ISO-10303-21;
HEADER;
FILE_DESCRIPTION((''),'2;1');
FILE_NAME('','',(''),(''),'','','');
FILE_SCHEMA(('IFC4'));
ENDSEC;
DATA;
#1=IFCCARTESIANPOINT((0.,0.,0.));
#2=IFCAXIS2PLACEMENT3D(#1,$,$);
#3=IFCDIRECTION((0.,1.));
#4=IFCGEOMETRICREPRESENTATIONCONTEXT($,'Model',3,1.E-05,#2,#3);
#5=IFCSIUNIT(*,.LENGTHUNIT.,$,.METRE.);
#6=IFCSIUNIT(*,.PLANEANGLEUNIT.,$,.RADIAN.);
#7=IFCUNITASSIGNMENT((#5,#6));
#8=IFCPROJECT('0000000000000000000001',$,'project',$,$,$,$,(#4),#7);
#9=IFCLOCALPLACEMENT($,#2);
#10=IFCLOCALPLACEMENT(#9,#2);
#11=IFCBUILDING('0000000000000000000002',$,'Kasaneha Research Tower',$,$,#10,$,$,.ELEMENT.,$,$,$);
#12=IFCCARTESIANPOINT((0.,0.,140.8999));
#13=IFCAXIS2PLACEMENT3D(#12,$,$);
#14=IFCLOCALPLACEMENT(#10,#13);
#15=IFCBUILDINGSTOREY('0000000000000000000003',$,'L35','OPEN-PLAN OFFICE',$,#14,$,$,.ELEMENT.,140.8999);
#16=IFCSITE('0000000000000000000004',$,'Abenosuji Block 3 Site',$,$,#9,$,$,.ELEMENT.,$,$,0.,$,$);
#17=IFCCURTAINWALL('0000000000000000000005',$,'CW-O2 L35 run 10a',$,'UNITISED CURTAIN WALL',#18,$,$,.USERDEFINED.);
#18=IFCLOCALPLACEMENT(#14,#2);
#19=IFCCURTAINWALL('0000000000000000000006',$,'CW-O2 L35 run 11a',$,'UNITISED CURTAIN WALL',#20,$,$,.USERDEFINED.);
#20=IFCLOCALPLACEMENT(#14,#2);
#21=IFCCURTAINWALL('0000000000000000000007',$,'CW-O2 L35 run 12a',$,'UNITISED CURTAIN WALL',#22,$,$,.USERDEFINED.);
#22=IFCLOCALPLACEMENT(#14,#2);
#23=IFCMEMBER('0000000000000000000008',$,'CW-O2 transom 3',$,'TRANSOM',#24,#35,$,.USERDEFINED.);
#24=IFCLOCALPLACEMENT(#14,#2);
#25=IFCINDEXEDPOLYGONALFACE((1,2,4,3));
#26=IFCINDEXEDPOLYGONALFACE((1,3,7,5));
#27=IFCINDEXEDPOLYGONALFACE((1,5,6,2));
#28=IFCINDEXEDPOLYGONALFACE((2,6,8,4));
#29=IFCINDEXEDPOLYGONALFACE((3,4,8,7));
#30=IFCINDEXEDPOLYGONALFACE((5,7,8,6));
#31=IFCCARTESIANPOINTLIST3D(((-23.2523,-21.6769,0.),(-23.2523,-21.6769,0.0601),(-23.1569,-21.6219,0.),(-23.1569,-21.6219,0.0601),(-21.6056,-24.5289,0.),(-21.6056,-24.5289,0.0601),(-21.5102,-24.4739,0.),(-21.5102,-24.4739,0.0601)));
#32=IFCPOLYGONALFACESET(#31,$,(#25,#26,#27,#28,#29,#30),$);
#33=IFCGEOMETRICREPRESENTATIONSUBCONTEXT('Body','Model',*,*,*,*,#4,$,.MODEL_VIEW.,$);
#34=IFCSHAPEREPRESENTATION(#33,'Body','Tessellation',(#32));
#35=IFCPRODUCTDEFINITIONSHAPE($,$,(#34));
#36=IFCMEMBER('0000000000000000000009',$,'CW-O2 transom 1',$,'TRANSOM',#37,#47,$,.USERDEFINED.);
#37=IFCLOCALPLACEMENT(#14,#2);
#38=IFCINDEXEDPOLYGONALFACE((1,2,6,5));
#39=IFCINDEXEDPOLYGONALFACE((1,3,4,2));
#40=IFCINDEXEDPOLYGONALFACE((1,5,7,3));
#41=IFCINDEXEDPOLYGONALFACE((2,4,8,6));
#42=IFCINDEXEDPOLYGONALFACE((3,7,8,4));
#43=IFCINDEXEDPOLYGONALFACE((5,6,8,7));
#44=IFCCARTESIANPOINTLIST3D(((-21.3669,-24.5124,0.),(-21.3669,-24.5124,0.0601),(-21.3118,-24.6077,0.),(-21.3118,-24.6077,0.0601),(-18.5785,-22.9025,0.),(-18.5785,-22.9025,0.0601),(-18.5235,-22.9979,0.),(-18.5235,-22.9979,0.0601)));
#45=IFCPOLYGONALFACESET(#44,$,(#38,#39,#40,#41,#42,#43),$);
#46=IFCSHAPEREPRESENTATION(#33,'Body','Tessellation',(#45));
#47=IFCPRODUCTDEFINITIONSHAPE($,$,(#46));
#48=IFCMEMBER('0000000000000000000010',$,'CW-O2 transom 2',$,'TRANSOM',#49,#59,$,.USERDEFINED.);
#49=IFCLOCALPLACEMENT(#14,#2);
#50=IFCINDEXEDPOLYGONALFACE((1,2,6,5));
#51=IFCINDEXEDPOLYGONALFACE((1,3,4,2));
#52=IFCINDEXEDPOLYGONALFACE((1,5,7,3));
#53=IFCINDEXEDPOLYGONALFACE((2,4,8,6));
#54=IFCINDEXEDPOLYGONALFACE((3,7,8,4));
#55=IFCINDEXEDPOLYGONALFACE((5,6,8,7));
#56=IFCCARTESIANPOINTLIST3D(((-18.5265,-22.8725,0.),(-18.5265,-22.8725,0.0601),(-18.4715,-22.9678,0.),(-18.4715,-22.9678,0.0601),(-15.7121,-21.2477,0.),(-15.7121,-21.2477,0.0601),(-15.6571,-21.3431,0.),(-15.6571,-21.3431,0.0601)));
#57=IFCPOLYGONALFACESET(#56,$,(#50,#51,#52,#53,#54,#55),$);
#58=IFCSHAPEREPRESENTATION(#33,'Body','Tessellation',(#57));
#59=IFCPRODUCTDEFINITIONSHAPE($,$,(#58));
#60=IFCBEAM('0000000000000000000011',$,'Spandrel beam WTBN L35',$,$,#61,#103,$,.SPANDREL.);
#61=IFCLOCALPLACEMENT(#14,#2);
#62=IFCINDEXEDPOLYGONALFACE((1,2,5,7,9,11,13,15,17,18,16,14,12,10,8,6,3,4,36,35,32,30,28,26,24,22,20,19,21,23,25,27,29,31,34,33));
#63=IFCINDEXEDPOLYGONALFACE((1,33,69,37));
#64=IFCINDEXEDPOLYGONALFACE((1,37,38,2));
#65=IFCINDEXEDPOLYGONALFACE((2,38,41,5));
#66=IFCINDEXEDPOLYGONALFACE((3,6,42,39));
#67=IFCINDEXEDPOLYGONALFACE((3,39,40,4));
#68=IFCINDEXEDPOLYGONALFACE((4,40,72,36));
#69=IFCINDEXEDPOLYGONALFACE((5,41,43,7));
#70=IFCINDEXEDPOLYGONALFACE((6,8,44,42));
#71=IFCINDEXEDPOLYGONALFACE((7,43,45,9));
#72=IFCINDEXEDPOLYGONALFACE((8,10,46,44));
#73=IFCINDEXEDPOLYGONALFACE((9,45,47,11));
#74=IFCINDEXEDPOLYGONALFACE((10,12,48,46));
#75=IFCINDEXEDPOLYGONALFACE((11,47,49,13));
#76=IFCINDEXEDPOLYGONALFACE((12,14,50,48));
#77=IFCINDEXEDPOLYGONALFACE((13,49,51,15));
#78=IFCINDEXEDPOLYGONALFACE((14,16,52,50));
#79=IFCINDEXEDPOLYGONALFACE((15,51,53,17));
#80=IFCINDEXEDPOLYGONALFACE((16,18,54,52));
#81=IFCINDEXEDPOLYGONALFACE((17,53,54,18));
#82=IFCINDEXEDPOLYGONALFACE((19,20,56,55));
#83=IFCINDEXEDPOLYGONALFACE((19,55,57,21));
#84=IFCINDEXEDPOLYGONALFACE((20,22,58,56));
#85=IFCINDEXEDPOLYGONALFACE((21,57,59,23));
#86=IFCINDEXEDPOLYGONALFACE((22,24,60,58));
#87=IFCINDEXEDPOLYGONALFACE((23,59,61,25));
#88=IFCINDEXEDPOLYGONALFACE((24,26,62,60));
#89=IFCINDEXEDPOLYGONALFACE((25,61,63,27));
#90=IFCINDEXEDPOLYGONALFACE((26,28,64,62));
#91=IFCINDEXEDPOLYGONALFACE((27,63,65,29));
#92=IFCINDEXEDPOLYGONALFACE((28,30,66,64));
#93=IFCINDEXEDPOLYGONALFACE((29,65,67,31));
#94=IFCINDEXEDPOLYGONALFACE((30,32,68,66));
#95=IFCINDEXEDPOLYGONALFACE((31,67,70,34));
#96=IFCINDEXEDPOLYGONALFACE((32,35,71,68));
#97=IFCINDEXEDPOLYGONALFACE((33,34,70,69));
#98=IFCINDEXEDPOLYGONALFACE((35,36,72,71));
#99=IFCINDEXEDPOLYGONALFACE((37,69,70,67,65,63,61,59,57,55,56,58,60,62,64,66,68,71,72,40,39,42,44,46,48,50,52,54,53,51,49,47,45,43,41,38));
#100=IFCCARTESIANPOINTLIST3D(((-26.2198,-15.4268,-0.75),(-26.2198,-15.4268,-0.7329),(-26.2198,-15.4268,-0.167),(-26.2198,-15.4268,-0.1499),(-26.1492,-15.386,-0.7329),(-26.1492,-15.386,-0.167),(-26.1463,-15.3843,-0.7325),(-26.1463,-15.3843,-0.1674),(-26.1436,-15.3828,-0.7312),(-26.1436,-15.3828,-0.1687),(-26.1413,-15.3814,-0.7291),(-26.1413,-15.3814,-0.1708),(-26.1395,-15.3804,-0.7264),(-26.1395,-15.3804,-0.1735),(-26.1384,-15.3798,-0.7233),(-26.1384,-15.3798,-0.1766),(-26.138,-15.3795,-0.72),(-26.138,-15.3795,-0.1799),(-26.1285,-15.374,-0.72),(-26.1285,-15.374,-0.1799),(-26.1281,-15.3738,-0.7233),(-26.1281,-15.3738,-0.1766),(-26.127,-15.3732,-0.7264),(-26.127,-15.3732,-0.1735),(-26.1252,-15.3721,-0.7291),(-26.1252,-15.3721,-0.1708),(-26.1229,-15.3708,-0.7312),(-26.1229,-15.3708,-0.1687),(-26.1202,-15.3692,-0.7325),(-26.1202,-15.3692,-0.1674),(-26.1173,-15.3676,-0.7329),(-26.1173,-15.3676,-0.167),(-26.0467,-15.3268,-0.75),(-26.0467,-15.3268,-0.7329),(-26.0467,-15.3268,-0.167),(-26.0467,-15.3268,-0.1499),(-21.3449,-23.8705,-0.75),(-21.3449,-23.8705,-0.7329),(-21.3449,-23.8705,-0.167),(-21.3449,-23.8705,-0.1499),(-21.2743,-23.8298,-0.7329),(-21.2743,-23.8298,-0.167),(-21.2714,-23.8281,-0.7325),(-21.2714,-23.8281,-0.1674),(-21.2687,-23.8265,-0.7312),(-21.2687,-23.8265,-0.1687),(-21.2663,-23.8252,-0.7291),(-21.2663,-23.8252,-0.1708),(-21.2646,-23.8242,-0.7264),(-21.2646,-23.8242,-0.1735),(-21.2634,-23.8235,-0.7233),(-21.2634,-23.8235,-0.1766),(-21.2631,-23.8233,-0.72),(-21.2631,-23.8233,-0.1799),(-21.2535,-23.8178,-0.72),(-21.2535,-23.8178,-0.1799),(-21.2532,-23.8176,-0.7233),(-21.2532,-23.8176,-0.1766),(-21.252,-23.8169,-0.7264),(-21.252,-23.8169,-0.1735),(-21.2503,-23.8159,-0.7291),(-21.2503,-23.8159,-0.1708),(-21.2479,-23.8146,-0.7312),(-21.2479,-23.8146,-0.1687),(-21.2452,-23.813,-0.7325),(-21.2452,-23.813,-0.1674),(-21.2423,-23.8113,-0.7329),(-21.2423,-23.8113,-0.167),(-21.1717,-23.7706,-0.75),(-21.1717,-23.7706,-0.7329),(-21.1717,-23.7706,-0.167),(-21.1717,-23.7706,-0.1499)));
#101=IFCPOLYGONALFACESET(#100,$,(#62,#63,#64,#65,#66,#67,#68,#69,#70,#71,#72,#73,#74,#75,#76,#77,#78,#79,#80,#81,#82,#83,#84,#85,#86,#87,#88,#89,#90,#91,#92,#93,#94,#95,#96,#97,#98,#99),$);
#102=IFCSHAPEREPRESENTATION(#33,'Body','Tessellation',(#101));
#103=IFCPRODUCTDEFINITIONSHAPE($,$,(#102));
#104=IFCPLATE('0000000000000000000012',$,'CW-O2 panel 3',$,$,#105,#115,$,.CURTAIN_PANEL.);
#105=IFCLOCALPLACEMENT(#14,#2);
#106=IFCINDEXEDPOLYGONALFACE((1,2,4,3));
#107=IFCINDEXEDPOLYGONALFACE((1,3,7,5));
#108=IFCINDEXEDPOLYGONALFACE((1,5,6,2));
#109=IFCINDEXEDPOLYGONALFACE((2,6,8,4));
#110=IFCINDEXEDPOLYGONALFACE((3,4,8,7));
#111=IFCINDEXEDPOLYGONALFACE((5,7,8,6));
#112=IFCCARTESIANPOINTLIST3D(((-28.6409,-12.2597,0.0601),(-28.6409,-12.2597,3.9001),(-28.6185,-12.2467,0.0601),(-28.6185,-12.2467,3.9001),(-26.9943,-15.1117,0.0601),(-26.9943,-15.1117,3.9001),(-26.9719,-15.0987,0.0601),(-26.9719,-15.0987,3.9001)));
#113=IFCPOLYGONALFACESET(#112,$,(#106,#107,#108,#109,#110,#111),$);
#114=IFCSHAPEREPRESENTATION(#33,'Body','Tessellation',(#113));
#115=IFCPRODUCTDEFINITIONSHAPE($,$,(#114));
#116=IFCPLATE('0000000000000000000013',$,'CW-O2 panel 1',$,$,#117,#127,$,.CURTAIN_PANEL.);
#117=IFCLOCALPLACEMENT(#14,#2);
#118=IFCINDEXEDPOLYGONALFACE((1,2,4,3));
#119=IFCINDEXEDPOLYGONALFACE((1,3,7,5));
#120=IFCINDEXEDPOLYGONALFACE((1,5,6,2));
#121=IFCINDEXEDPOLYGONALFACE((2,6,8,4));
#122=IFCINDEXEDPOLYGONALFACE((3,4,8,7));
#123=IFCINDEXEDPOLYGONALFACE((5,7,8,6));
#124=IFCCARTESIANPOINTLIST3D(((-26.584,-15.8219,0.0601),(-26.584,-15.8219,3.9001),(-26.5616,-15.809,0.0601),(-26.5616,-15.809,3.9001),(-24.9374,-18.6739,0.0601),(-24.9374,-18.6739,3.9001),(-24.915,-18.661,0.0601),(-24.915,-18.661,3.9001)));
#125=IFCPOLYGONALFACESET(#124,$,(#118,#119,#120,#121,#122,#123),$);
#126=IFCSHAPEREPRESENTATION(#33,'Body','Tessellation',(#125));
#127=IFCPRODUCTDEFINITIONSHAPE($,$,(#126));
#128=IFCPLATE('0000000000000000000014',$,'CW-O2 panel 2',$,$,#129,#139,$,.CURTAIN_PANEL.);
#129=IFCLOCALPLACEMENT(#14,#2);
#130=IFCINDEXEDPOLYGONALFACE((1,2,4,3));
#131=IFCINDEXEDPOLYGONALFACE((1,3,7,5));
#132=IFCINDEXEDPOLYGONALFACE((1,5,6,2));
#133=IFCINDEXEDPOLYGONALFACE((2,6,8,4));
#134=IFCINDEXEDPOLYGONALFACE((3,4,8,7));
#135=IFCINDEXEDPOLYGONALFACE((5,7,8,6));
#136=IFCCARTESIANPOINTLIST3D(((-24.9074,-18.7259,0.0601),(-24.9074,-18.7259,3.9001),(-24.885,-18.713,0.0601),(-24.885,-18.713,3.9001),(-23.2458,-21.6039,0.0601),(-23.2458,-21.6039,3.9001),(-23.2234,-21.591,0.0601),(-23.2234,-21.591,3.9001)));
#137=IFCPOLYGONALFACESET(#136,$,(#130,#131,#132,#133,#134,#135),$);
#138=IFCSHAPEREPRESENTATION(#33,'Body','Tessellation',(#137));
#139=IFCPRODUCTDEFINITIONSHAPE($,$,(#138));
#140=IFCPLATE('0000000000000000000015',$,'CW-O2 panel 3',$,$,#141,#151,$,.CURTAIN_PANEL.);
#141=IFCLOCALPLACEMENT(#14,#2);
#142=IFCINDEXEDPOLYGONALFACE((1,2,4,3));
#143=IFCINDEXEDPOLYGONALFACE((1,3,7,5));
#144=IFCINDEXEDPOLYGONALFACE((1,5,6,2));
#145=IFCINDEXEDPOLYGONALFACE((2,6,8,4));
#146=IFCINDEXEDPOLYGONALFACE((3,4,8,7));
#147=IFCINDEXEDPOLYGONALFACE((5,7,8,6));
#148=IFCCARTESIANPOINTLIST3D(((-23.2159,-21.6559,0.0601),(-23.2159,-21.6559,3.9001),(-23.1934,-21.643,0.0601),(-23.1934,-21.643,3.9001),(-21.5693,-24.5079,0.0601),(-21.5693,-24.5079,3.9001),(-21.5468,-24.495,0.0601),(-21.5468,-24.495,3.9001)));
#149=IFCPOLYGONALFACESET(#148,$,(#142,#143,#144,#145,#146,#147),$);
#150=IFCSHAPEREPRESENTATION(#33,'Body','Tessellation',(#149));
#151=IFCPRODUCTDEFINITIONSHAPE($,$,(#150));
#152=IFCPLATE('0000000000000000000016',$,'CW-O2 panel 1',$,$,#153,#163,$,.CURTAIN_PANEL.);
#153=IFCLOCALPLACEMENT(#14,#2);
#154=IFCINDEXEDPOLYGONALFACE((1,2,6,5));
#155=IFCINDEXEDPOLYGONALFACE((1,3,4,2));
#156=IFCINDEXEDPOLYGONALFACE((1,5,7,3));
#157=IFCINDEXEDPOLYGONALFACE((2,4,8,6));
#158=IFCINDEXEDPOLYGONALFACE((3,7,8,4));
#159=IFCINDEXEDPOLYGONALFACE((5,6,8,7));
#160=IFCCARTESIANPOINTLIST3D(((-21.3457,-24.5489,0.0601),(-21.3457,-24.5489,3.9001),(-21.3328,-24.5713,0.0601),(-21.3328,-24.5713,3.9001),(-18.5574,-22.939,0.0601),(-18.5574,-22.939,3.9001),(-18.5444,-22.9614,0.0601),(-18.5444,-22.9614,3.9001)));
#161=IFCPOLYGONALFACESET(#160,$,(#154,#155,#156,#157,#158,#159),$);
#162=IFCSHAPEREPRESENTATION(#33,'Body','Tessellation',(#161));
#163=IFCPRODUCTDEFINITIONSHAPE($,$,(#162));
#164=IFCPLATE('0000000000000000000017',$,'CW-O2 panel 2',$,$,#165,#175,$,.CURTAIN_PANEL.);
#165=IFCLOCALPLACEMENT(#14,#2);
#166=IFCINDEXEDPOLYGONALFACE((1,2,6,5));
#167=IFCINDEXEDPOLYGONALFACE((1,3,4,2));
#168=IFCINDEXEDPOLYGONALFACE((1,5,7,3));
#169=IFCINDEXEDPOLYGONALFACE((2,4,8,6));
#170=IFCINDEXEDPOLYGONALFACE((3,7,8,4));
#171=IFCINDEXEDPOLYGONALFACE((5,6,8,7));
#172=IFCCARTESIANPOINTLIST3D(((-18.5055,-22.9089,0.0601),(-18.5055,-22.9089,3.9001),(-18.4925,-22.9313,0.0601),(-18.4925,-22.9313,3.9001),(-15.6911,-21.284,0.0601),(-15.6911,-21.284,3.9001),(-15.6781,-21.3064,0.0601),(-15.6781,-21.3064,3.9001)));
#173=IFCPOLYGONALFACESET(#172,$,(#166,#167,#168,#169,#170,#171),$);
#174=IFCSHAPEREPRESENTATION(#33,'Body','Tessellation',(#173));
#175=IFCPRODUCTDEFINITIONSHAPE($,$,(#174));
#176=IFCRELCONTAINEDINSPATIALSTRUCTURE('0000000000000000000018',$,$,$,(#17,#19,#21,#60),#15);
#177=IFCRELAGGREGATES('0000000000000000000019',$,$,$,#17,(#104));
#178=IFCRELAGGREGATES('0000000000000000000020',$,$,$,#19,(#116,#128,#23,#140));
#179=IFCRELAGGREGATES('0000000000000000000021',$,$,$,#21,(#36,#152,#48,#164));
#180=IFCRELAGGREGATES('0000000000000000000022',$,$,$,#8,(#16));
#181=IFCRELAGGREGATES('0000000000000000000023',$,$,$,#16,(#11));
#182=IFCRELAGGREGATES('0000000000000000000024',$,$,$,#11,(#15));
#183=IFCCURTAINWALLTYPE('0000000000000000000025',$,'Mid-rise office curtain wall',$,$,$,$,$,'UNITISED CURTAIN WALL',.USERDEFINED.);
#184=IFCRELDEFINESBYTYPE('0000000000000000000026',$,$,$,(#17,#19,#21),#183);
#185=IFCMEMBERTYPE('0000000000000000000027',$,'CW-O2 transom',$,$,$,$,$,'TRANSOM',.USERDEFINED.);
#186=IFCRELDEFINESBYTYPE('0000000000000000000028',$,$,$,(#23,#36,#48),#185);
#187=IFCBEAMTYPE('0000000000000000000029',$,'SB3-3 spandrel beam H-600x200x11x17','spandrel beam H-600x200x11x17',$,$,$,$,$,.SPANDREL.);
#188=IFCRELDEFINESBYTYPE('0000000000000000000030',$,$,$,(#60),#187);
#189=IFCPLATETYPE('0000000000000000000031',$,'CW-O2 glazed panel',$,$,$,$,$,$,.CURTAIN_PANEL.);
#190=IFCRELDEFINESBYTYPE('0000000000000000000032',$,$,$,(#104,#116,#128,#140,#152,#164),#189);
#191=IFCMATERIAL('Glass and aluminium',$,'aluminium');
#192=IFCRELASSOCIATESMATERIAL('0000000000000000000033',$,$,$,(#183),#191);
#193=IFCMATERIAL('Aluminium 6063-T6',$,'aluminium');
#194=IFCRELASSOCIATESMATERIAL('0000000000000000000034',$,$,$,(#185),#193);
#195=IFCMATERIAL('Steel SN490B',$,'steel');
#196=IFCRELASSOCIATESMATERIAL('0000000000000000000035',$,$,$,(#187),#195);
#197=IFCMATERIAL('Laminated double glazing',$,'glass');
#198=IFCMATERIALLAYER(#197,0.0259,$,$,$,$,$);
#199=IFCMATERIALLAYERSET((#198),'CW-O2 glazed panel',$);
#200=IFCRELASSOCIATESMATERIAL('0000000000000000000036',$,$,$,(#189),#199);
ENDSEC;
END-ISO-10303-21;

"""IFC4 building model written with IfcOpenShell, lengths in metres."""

from ifc_helpers import new_model, si_unit, direction, frame, origin, origin_2d, place, context, subcontext, project, spatial, rectangle, i_section, extrude, material, layer, layer_set, material_profile, profile_set, type_object, element, aggregate, save


model = new_model("IFC4")

# Units and contexts
model_context = context("Model", 3, precision=1e-05, world=origin(), true_north=direction((0.0, 1.0)))
body_context = subcontext(model_context, "Body", "Model", "MODEL_VIEW")
ifc_project = project(units=[si_unit("LENGTHUNIT", "METRE"), si_unit("PLANEANGLEUNIT", "RADIAN")], contexts=[model_context])

# Site, building, storey
site_placement = place(None, origin())
site = spatial("IfcSite", under=ifc_project, at=site_placement, Name="Abenosuji Block 3 Site", CompositionType="ELEMENT", RefElevation=0.0)
building_placement = place(site_placement, origin())
building = spatial("IfcBuilding", under=site, at=building_placement, Name="Kasaneha Research Tower", CompositionType="ELEMENT")
storey_placement = place(building_placement, frame((0.0, 0.0, 140.8999)))
storey = spatial("IfcBuildingStorey", under=building, at=storey_placement, Name="L35", Description="OPEN-PLAN OFFICE", CompositionType="ELEMENT", Elevation=140.8999)

# Curtain wall
ifc_material_1 = material(Name="Glass and aluminium", Category="aluminium")
curtain_wall_type = type_object("IfcCurtainWallType", Name="Mid-rise office curtain wall", ElementType="UNITISED CURTAIN WALL", PredefinedType="USERDEFINED", material=ifc_material_1)
curtain_wall_1_placement = place(storey_placement, origin())
curtain_wall_1 = element("IfcCurtainWall", 1, at=curtain_wall_1_placement, inside=storey, type_object=curtain_wall_type, Name="CW-O2 L35 run 10a", ObjectType="UNITISED CURTAIN WALL", PredefinedType="USERDEFINED")

# Curtain walls
curtain_wall_2_placement = place(storey_placement, origin())
curtain_wall_2 = element("IfcCurtainWall", 2, at=curtain_wall_2_placement, inside=storey, type_object=curtain_wall_type, Name="CW-O2 L35 run 11a", ObjectType="UNITISED CURTAIN WALL", PredefinedType="USERDEFINED")
curtain_wall_3_placement = place(storey_placement, origin())
curtain_wall_3 = element("IfcCurtainWall", 3, at=curtain_wall_3_placement, inside=storey, type_object=curtain_wall_type, Name="CW-O2 L35 run 12a", ObjectType="UNITISED CURTAIN WALL", PredefinedType="USERDEFINED")

# Members
ifc_material_2 = material(Name="Aluminium 6063-T6", Category="aluminium")
ifc_material_profile_1 = material_profile(ifc_material_2, rectangle(XDim=0.1101, YDim=0.0601, at=origin_2d()), Name="CW-O2 transom 110x60")
ifc_profile_set_1 = profile_set([ifc_material_profile_1], Name="Aluminium 6063-T6")
member_type_1 = type_object("IfcMemberType", Name="CW-O2 transom", ElementType="TRANSOM", PredefinedType="USERDEFINED", material=ifc_profile_set_1)
member_1_placement = place(storey_placement, frame((-23.2046, -21.6494, 0.03), z_axis=(0.500022, -0.866013, 0.0), x_axis=(0.866013, 0.500022, 0.0)))
member_1 = element("IfcMember", 4, at=member_1_placement, type_object=member_type_1, Name="CW-O2 transom 3", ObjectType="TRANSOM", PredefinedType="USERDEFINED", context=body_context, shape_type="SweptSolid", body=[
    extrude(rectangle(XDim=0.1101, YDim=0.0601, at=origin_2d()), origin(), (0.0, 0.0, 1.0), 3.2932),
])
member_2_placement = place(storey_placement, frame((-21.3394, -24.5601, 0.03), z_axis=(0.866023, 0.500005, 0.0), x_axis=(-0.500005, 0.866023, 0.0)))
member_2 = element("IfcMember", 5, at=member_2_placement, type_object=member_type_1, Name="CW-O2 transom 1", ObjectType="TRANSOM", PredefinedType="USERDEFINED", context=body_context, shape_type="SweptSolid", body=[
    extrude(rectangle(XDim=0.1101, YDim=0.0601, at=origin_2d()), origin(), (0.0, 0.0, 1.0), 3.2197),
])
member_3_placement = place(storey_placement, frame((-18.499, -22.9202, 0.03), z_axis=(0.866048, 0.499961, 0.0), x_axis=(-0.499961, 0.866048, 0.0)))
member_3 = element("IfcMember", 6, at=member_3_placement, type_object=member_type_1, Name="CW-O2 transom 2", ObjectType="TRANSOM", PredefinedType="USERDEFINED", context=body_context, shape_type="SweptSolid", body=[
    extrude(rectangle(XDim=0.1101, YDim=0.0601, at=origin_2d()), origin(), (0.0, 0.0, 1.0), 3.2498),
])

# Beam
ifc_material_3 = material(Name="Steel SN490B", Category="steel")
ifc_material_profile_2 = material_profile(ifc_material_3, i_section(OverallWidth=0.2, OverallDepth=0.6001, WebThickness=0.011, FlangeThickness=0.0171, FilletRadius=0.0129, at=origin_2d()), Name="H-600x200x11x17")
ifc_profile_set_2 = profile_set([ifc_material_profile_2], Name="Steel SN490B")
beam_type_1 = type_object("IfcBeamType", Name="SB3-3 spandrel beam H-600x200x11x17", Description="spandrel beam H-600x200x11x17", PredefinedType="SPANDREL", material=ifc_profile_set_2)
beam_1_placement = place(storey_placement, frame((-21.2583, -23.8206, -0.45), z_axis=(-0.499996, 0.866028, 0.0), x_axis=(-0.866028, -0.499996, 0.0)))
element("IfcBeam", 7, at=beam_1_placement, inside=storey, type_object=beam_type_1, Name="Spandrel beam WTBN L35", PredefinedType="SPANDREL", context=body_context, shape_type="SweptSolid", body=[
    extrude(i_section(OverallWidth=0.2, OverallDepth=0.6001, WebThickness=0.011, FlangeThickness=0.0171, FilletRadius=0.0129, at=origin_2d()), origin(), (0.0, 0.0, 1.0), 9.75),
])

# Plates
ifc_material_4 = material(Name="Laminated double glazing", Category="glass")
ifc_layer_1 = layer(ifc_material_4, 0.0259)
ifc_layer_set_1 = layer_set([ifc_layer_1], Name="CW-O2 glazed panel")
plate_type = type_object("IfcPlateType", Name="CW-O2 glazed panel", PredefinedType="CURTAIN_PANEL", material=ifc_layer_set_1)
plate_1_placement = place(storey_placement, frame((-27.8064, -13.6792, 0.0601), z_axis=(0.0, 0.0, 1.0), x_axis=(0.5, -0.866025, 0.0)))
plate_1 = element("IfcPlate", 8, at=plate_1_placement, type_object=plate_type, Name="CW-O2 panel 3", PredefinedType="CURTAIN_PANEL", context=body_context, shape_type="SweptSolid", body=[
    extrude(rectangle(XDim=3.2932, YDim=0.0259, at=origin_2d()), origin(), (0.0, 0.0, 1.0), 3.8401),
])
aggregate(curtain_wall_1, [plate_1])
plate_2_placement = place(storey_placement, frame((-25.7495, -17.2415, 0.0601), z_axis=(0.0, 0.0, 1.0), x_axis=(0.5, -0.866025, 0.0)))
plate_2 = element("IfcPlate", 9, at=plate_2_placement, type_object=plate_type, Name="CW-O2 panel 1", PredefinedType="CURTAIN_PANEL", context=body_context, shape_type="SweptSolid", body=[
    extrude(rectangle(XDim=3.2932, YDim=0.0259, at=origin_2d()), origin(), (0.0, 0.0, 1.0), 3.8401),
])
plate_3_placement = place(storey_placement, frame((-24.0654, -20.1584, 0.0601), z_axis=(0.0, 0.0, 1.0), x_axis=(0.5, -0.866025, 0.0)))
plate_3 = element("IfcPlate", 10, at=plate_3_placement, type_object=plate_type, Name="CW-O2 panel 2", PredefinedType="CURTAIN_PANEL", context=body_context, shape_type="SweptSolid", body=[
    extrude(rectangle(XDim=3.3232, YDim=0.0259, at=origin_2d()), origin(), (0.0, 0.0, 1.0), 3.8401),
])
plate_4_placement = place(storey_placement, frame((-22.3813, -23.0754, 0.0601), z_axis=(0.0, 0.0, 1.0), x_axis=(0.5, -0.866025, 0.0)))
plate_4 = element("IfcPlate", 11, at=plate_4_placement, type_object=plate_type, Name="CW-O2 panel 3", PredefinedType="CURTAIN_PANEL", context=body_context, shape_type="SweptSolid", body=[
    extrude(rectangle(XDim=3.2932, YDim=0.0259, at=origin_2d()), origin(), (0.0, 0.0, 1.0), 3.8401),
])
aggregate(curtain_wall_2, [plate_2, plate_3, member_1, plate_4])
plate_5_placement = place(storey_placement, frame((-19.9451, -23.7551, 0.0601), z_axis=(0.0, 0.0, 1.0), x_axis=(0.866025, 0.5, 0.0)))
plate_5 = element("IfcPlate", 12, at=plate_5_placement, type_object=plate_type, Name="CW-O2 panel 1", PredefinedType="CURTAIN_PANEL", context=body_context, shape_type="SweptSolid", body=[
    extrude(rectangle(XDim=3.2197, YDim=0.0259, at=origin_2d()), origin(), (0.0, 0.0, 1.0), 3.8401),
])
plate_6_placement = place(storey_placement, frame((-17.0918, -22.1077, 0.0601), z_axis=(0.0, 0.0, 1.0), x_axis=(0.866025, 0.5, 0.0)))
plate_6 = element("IfcPlate", 13, at=plate_6_placement, type_object=plate_type, Name="CW-O2 panel 2", PredefinedType="CURTAIN_PANEL", context=body_context, shape_type="SweptSolid", body=[
    extrude(rectangle(XDim=3.2498, YDim=0.0259, at=origin_2d()), origin(), (0.0, 0.0, 1.0), 3.8401),
])
aggregate(curtain_wall_3, [member_2, plate_5, member_3, plate_6])

save(model, "model.ifc")
